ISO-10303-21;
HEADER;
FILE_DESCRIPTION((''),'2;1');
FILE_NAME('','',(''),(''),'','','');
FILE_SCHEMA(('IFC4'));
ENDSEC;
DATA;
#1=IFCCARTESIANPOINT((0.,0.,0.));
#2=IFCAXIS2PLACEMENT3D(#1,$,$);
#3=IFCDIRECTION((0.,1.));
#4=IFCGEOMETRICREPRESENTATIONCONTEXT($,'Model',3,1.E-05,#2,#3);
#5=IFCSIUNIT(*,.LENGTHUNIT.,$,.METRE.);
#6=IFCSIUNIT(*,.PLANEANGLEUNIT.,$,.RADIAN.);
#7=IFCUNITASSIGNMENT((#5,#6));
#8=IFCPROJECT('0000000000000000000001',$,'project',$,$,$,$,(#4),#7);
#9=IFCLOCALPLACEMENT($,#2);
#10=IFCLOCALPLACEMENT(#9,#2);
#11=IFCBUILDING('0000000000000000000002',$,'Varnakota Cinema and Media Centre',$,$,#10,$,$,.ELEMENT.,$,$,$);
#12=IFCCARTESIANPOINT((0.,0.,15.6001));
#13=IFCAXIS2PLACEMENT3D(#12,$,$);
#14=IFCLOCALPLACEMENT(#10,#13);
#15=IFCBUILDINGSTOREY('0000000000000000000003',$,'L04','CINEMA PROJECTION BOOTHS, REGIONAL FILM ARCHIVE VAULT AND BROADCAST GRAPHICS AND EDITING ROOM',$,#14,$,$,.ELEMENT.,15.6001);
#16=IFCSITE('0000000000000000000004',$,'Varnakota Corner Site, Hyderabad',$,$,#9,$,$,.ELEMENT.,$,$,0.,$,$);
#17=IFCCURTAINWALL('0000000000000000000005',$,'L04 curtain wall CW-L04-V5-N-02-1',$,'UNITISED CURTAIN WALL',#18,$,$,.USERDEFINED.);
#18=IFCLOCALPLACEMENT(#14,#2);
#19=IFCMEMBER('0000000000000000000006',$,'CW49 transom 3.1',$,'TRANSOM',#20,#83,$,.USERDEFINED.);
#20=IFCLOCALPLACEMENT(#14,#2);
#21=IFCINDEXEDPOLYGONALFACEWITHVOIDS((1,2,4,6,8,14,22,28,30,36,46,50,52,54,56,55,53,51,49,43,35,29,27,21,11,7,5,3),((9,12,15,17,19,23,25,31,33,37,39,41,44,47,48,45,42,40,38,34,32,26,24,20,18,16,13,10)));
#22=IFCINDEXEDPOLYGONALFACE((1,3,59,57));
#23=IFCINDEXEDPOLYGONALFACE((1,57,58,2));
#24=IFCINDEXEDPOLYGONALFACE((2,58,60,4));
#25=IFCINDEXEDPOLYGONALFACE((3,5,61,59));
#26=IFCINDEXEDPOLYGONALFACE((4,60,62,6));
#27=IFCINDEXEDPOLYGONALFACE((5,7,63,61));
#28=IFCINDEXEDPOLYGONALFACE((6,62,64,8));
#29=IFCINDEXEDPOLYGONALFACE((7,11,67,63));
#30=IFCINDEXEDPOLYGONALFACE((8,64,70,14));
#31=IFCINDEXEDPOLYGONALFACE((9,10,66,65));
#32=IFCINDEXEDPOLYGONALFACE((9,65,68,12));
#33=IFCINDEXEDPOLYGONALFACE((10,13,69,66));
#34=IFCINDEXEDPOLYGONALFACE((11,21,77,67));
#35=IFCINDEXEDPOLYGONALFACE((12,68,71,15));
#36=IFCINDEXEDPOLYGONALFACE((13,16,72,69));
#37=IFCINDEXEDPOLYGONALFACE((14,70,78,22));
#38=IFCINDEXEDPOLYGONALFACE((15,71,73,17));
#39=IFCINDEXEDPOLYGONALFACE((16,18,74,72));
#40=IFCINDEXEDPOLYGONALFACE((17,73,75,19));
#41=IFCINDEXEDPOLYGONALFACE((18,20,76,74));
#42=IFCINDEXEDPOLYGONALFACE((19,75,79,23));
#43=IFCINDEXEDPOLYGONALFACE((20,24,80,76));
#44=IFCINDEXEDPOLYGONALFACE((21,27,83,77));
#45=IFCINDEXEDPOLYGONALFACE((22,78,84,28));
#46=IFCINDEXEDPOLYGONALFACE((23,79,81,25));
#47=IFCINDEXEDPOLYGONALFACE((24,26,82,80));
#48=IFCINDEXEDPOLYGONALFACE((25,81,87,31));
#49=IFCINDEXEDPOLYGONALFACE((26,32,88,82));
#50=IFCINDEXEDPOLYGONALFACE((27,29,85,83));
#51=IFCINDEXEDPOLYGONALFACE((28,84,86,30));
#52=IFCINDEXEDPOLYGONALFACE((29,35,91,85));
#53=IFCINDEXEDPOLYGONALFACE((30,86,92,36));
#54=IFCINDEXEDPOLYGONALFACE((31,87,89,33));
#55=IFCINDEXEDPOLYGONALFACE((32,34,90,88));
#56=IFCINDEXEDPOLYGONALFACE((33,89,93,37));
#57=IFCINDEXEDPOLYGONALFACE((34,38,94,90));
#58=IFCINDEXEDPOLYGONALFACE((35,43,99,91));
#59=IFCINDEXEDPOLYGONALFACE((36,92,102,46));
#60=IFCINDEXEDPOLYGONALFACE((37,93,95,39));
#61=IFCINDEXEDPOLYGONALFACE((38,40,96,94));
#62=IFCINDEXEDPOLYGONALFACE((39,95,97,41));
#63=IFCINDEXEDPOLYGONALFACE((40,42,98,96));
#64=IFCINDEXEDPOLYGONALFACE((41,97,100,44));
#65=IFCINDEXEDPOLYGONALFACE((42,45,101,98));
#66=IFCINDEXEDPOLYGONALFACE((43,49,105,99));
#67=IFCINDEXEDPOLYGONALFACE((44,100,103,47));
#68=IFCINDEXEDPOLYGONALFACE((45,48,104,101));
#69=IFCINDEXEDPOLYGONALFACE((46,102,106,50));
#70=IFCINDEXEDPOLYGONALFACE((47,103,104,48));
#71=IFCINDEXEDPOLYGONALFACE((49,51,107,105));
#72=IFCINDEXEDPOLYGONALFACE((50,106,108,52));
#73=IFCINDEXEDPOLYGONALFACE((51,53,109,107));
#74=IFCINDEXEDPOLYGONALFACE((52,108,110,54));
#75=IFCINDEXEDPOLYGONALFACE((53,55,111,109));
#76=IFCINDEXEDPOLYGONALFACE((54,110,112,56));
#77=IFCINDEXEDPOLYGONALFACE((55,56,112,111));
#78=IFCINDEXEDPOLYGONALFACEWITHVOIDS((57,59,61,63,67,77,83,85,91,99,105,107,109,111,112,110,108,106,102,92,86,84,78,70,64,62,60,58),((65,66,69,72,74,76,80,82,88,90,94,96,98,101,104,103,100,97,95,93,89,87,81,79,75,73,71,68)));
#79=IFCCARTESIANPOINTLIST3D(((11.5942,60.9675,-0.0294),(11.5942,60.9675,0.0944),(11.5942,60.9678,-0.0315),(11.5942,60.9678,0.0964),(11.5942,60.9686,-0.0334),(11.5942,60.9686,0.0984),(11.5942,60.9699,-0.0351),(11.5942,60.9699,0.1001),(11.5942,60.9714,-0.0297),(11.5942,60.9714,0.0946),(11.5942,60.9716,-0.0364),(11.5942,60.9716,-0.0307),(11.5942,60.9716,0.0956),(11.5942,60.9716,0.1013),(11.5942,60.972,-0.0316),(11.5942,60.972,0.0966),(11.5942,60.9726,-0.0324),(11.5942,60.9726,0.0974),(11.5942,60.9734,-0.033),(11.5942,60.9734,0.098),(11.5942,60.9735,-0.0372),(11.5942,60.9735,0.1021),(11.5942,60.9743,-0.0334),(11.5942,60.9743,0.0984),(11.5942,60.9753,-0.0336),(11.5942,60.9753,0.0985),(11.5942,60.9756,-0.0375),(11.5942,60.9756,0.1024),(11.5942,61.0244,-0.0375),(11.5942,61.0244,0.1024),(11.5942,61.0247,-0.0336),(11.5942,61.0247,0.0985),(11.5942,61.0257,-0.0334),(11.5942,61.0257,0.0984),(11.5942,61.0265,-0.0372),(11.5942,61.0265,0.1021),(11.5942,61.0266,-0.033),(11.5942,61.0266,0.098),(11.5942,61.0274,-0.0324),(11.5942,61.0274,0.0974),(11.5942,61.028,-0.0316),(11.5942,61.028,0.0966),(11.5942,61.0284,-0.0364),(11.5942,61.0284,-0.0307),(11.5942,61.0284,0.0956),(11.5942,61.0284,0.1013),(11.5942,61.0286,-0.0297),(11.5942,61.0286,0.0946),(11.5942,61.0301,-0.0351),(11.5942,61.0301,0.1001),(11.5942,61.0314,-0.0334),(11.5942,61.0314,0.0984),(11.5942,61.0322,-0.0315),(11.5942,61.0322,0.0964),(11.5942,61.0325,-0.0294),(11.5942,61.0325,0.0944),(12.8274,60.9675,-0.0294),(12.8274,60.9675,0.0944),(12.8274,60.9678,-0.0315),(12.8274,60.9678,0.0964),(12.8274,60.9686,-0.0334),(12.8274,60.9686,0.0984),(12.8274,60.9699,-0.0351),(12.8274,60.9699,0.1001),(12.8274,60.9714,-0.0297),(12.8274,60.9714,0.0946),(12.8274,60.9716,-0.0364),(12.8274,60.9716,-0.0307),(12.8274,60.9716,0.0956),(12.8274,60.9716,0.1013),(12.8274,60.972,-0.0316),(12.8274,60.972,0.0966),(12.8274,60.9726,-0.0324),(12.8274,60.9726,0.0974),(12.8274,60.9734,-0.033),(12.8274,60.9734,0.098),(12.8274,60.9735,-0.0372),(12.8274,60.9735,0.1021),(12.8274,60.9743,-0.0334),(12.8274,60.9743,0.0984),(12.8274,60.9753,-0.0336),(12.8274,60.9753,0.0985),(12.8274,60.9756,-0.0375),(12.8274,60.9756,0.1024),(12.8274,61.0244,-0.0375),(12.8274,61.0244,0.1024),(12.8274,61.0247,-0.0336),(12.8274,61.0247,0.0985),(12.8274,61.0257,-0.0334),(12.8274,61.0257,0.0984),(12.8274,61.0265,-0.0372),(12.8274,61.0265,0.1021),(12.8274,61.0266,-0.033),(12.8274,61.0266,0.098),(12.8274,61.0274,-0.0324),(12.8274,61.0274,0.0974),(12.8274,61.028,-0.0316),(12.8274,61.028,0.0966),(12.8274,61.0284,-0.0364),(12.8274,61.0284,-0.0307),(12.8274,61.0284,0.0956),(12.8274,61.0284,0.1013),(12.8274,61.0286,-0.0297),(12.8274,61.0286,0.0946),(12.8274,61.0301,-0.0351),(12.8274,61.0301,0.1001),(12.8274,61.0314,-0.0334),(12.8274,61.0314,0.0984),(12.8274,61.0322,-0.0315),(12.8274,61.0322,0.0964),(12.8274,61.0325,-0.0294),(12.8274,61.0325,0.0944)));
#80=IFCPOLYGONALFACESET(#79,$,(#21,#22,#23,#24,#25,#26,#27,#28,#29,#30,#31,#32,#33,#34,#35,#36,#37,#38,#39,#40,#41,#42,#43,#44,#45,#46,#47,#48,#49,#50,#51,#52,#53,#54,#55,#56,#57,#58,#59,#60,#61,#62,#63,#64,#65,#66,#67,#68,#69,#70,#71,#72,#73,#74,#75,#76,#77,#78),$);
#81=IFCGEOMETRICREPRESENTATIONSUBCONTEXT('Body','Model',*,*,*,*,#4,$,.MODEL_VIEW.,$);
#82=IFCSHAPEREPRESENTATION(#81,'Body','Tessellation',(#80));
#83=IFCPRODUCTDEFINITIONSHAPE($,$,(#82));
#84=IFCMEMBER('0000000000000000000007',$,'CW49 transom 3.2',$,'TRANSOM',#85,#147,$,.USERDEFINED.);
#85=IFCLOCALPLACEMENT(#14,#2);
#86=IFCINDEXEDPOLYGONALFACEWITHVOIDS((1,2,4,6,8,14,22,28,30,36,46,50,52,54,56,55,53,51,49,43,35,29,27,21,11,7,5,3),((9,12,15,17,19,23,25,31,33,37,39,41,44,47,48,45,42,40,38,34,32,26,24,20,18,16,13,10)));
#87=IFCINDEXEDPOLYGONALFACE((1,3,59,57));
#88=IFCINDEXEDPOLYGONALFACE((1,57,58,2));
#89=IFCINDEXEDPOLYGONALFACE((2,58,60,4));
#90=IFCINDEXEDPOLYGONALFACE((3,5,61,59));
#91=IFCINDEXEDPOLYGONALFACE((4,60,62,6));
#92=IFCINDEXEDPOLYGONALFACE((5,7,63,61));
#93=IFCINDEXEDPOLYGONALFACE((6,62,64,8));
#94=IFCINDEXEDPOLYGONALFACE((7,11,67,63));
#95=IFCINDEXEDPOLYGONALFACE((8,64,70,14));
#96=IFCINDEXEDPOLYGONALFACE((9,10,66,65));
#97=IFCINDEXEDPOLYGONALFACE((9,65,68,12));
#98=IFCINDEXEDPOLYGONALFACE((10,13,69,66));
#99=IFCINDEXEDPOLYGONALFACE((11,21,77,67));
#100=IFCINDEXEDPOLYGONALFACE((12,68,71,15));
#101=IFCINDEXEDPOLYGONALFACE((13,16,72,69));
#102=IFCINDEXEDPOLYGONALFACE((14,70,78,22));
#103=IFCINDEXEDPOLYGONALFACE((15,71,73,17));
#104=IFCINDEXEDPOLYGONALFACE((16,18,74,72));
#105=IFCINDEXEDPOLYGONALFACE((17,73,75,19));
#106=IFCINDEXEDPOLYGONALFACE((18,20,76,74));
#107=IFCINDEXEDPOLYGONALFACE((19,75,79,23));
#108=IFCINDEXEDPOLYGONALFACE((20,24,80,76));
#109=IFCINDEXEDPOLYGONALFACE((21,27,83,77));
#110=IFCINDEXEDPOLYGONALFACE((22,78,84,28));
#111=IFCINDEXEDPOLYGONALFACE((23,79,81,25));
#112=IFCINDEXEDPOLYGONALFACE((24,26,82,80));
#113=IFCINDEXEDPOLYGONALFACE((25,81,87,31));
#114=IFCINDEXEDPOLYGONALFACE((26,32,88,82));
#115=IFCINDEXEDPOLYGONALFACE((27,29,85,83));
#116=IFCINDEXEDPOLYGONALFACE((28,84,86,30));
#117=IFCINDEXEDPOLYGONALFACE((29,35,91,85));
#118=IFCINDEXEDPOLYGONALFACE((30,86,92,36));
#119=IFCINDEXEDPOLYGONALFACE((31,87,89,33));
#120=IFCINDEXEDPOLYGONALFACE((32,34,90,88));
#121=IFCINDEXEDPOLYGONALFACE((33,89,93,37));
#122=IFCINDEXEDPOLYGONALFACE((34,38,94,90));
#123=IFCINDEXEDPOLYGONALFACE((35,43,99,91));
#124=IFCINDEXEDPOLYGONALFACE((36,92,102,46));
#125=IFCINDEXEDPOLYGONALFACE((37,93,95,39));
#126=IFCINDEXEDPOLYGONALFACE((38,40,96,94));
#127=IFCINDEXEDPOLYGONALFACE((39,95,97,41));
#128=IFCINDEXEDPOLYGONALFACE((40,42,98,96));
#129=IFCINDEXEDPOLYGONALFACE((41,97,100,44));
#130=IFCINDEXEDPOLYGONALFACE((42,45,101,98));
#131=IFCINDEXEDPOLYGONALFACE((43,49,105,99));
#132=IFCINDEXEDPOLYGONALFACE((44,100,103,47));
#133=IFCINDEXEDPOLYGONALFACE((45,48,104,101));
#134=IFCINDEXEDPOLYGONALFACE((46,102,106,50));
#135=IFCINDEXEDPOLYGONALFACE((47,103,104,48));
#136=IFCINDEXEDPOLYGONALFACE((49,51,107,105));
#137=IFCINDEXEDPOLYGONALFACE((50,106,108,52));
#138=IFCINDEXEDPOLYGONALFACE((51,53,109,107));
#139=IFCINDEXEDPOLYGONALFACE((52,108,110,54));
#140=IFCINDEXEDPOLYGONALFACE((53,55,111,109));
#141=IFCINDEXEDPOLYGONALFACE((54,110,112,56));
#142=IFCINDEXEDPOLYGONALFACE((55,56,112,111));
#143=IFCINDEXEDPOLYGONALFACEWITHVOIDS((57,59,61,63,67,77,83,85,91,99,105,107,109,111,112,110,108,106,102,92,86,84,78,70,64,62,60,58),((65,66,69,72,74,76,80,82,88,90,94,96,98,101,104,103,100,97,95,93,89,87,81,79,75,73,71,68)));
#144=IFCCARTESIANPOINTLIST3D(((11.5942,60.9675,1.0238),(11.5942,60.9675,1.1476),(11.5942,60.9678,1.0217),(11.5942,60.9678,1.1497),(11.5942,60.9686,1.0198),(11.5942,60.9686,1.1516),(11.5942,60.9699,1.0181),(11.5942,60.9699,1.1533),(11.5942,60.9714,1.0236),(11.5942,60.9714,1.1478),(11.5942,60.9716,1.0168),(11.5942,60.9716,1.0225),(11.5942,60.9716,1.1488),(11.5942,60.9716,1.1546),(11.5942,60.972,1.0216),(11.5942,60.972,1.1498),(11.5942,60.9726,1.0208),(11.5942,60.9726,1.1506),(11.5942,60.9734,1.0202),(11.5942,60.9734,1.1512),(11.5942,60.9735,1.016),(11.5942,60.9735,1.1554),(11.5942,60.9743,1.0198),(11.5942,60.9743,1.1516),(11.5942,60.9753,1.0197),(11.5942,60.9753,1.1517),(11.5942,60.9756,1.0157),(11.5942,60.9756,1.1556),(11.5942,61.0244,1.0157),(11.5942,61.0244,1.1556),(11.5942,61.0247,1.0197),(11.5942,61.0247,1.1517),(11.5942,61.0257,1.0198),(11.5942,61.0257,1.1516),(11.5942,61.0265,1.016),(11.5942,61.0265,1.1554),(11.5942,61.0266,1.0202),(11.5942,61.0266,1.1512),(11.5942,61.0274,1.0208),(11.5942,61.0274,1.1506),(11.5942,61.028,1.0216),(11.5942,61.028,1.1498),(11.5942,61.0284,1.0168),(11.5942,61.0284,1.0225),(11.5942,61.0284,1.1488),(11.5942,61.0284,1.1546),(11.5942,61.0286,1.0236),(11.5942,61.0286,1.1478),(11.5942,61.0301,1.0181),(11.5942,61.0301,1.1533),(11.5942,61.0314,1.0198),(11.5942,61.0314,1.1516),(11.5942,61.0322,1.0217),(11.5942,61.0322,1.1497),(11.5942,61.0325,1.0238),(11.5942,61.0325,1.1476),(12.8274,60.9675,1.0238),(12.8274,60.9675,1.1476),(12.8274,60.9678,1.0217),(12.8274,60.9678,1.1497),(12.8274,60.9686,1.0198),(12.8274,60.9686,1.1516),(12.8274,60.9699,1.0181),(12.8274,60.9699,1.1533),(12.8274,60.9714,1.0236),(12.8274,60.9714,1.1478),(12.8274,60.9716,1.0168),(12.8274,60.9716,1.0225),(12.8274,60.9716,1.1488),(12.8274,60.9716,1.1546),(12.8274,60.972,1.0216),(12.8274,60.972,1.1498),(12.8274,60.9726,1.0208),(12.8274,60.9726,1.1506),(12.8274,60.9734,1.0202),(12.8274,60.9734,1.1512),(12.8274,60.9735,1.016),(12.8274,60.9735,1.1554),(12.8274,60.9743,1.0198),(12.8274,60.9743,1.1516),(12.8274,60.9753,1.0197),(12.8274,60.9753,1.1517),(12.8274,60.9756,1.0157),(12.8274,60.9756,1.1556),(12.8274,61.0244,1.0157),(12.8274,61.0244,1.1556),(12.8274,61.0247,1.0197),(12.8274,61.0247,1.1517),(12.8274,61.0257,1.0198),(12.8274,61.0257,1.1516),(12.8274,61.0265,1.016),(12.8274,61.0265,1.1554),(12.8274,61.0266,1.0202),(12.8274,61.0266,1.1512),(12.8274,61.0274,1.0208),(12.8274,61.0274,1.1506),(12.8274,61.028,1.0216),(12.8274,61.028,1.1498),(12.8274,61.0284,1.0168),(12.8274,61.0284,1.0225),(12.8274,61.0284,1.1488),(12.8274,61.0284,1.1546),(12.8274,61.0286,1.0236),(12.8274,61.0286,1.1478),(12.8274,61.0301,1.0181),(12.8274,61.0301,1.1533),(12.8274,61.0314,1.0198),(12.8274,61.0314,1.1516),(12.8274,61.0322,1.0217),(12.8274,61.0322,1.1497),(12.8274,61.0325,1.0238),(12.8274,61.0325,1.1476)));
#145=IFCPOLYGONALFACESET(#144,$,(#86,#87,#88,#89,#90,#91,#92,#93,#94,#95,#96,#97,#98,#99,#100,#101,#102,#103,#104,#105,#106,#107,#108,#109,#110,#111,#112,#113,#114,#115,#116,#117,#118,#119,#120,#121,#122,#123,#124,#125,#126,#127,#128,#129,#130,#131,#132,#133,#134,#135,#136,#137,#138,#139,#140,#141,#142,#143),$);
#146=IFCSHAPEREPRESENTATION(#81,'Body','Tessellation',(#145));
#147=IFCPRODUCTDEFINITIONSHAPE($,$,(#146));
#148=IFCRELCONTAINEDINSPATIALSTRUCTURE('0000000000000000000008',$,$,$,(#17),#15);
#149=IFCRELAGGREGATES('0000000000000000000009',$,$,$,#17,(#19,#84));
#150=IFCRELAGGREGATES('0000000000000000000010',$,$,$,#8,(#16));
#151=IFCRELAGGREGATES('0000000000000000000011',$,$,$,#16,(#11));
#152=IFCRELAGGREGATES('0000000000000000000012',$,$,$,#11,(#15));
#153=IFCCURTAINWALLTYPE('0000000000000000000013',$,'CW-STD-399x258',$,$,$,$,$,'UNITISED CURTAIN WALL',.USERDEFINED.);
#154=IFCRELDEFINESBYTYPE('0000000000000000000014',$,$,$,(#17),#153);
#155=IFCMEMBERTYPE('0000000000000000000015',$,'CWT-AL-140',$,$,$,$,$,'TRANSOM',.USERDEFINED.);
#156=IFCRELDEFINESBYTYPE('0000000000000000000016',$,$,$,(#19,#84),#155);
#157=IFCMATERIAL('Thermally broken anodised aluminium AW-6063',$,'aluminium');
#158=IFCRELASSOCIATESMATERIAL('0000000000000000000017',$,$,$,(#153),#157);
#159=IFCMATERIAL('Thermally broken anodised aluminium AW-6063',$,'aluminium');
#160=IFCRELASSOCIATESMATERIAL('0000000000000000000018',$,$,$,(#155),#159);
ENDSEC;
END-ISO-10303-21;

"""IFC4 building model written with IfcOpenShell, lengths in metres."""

from ifc_helpers import new_model, si_unit, direction, frame, origin, origin_2d, place, context, subcontext, project, spatial, hollow_rectangle, extrude, material, material_profile, profile_set, type_object, element, aggregate, save


model = new_model("IFC4")

# Units and contexts
model_context = context("Model", 3, precision=1e-05, world=origin(), true_north=direction((0.0, 1.0)))
body_context = subcontext(model_context, "Body", "Model", "MODEL_VIEW")
ifc_project = project(units=[si_unit("LENGTHUNIT", "METRE"), si_unit("PLANEANGLEUNIT", "RADIAN")], contexts=[model_context])

# Site, building, storey
site_placement = place(None, origin())
site = spatial("IfcSite", under=ifc_project, at=site_placement, Name="Varnakota Corner Site, Hyderabad", CompositionType="ELEMENT", RefElevation=0.0)
building_placement = place(site_placement, origin())
building = spatial("IfcBuilding", under=site, at=building_placement, Name="Varnakota Cinema and Media Centre", CompositionType="ELEMENT")
storey_placement = place(building_placement, frame((0.0, 0.0, 15.6001)))
storey = spatial("IfcBuildingStorey", under=building, at=storey_placement, Name="L04", Description="CINEMA PROJECTION BOOTHS, REGIONAL FILM ARCHIVE VAULT AND BROADCAST GRAPHICS AND EDITING ROOM", CompositionType="ELEMENT", Elevation=15.6001)

# Curtain wall, members
ifc_material_1 = material(Name="Thermally broken anodised aluminium AW-6063", Category="aluminium")
curtain_wall_type = type_object("IfcCurtainWallType", Name="CW-STD-399x258", ElementType="UNITISED CURTAIN WALL", PredefinedType="USERDEFINED", material=ifc_material_1)
curtain_wall_placement = place(storey_placement, origin())
curtain_wall = element("IfcCurtainWall", 1, at=curtain_wall_placement, inside=storey, type_object=curtain_wall_type, Name="L04 curtain wall CW-L04-V5-N-02-1", ObjectType="UNITISED CURTAIN WALL", PredefinedType="USERDEFINED")
ifc_material_2 = material(Name="Thermally broken anodised aluminium AW-6063", Category="aluminium")
ifc_material_profile_1 = material_profile(ifc_material_2, hollow_rectangle(XDim=0.0649, YDim=0.1399, WallThickness=0.0039, InnerFilletRadius=0.0039, OuterFilletRadius=0.0081, at=origin_2d()), Name="AL-TRANSOM 140x65x4")
ifc_profile_set_1 = profile_set([ifc_material_profile_1], Name="Thermally broken anodised aluminium AW-6063")
member_type_1 = type_object("IfcMemberType", Name="CWT-AL-140", ElementType="TRANSOM", PredefinedType="USERDEFINED", material=ifc_profile_set_1)
member_1_placement = place(storey_placement, frame((11.5942, 61.0, 0.0325), z_axis=(1.0, 0.0, 0.0), x_axis=(0.0, 1.0, 0.0)))
member_1 = element("IfcMember", 2, at=member_1_placement, type_object=member_type_1, Name="CW49 transom 3.1", ObjectType="TRANSOM", PredefinedType="USERDEFINED", context=body_context, shape_type="SweptSolid", body=[
    extrude(hollow_rectangle(XDim=0.0649, YDim=0.1399, WallThickness=0.0039, InnerFilletRadius=0.0039, OuterFilletRadius=0.0081, at=origin_2d()), origin(), (0.0, 0.0, 1.0), 1.2332),
])
member_2_placement = place(storey_placement, frame((11.5942, 61.0, 1.0857), z_axis=(1.0, 0.0, 0.0), x_axis=(0.0, 1.0, 0.0)))
member_2 = element("IfcMember", 3, at=member_2_placement, type_object=member_type_1, Name="CW49 transom 3.2", ObjectType="TRANSOM", PredefinedType="USERDEFINED", context=body_context, shape_type="SweptSolid", body=[
    extrude(hollow_rectangle(XDim=0.0649, YDim=0.1399, WallThickness=0.0039, InnerFilletRadius=0.0039, OuterFilletRadius=0.0081, at=origin_2d()), origin(), (0.0, 0.0, 1.0), 1.2332),
])
aggregate(curtain_wall, [member_1, member_2])

save(model, "model.ifc")
